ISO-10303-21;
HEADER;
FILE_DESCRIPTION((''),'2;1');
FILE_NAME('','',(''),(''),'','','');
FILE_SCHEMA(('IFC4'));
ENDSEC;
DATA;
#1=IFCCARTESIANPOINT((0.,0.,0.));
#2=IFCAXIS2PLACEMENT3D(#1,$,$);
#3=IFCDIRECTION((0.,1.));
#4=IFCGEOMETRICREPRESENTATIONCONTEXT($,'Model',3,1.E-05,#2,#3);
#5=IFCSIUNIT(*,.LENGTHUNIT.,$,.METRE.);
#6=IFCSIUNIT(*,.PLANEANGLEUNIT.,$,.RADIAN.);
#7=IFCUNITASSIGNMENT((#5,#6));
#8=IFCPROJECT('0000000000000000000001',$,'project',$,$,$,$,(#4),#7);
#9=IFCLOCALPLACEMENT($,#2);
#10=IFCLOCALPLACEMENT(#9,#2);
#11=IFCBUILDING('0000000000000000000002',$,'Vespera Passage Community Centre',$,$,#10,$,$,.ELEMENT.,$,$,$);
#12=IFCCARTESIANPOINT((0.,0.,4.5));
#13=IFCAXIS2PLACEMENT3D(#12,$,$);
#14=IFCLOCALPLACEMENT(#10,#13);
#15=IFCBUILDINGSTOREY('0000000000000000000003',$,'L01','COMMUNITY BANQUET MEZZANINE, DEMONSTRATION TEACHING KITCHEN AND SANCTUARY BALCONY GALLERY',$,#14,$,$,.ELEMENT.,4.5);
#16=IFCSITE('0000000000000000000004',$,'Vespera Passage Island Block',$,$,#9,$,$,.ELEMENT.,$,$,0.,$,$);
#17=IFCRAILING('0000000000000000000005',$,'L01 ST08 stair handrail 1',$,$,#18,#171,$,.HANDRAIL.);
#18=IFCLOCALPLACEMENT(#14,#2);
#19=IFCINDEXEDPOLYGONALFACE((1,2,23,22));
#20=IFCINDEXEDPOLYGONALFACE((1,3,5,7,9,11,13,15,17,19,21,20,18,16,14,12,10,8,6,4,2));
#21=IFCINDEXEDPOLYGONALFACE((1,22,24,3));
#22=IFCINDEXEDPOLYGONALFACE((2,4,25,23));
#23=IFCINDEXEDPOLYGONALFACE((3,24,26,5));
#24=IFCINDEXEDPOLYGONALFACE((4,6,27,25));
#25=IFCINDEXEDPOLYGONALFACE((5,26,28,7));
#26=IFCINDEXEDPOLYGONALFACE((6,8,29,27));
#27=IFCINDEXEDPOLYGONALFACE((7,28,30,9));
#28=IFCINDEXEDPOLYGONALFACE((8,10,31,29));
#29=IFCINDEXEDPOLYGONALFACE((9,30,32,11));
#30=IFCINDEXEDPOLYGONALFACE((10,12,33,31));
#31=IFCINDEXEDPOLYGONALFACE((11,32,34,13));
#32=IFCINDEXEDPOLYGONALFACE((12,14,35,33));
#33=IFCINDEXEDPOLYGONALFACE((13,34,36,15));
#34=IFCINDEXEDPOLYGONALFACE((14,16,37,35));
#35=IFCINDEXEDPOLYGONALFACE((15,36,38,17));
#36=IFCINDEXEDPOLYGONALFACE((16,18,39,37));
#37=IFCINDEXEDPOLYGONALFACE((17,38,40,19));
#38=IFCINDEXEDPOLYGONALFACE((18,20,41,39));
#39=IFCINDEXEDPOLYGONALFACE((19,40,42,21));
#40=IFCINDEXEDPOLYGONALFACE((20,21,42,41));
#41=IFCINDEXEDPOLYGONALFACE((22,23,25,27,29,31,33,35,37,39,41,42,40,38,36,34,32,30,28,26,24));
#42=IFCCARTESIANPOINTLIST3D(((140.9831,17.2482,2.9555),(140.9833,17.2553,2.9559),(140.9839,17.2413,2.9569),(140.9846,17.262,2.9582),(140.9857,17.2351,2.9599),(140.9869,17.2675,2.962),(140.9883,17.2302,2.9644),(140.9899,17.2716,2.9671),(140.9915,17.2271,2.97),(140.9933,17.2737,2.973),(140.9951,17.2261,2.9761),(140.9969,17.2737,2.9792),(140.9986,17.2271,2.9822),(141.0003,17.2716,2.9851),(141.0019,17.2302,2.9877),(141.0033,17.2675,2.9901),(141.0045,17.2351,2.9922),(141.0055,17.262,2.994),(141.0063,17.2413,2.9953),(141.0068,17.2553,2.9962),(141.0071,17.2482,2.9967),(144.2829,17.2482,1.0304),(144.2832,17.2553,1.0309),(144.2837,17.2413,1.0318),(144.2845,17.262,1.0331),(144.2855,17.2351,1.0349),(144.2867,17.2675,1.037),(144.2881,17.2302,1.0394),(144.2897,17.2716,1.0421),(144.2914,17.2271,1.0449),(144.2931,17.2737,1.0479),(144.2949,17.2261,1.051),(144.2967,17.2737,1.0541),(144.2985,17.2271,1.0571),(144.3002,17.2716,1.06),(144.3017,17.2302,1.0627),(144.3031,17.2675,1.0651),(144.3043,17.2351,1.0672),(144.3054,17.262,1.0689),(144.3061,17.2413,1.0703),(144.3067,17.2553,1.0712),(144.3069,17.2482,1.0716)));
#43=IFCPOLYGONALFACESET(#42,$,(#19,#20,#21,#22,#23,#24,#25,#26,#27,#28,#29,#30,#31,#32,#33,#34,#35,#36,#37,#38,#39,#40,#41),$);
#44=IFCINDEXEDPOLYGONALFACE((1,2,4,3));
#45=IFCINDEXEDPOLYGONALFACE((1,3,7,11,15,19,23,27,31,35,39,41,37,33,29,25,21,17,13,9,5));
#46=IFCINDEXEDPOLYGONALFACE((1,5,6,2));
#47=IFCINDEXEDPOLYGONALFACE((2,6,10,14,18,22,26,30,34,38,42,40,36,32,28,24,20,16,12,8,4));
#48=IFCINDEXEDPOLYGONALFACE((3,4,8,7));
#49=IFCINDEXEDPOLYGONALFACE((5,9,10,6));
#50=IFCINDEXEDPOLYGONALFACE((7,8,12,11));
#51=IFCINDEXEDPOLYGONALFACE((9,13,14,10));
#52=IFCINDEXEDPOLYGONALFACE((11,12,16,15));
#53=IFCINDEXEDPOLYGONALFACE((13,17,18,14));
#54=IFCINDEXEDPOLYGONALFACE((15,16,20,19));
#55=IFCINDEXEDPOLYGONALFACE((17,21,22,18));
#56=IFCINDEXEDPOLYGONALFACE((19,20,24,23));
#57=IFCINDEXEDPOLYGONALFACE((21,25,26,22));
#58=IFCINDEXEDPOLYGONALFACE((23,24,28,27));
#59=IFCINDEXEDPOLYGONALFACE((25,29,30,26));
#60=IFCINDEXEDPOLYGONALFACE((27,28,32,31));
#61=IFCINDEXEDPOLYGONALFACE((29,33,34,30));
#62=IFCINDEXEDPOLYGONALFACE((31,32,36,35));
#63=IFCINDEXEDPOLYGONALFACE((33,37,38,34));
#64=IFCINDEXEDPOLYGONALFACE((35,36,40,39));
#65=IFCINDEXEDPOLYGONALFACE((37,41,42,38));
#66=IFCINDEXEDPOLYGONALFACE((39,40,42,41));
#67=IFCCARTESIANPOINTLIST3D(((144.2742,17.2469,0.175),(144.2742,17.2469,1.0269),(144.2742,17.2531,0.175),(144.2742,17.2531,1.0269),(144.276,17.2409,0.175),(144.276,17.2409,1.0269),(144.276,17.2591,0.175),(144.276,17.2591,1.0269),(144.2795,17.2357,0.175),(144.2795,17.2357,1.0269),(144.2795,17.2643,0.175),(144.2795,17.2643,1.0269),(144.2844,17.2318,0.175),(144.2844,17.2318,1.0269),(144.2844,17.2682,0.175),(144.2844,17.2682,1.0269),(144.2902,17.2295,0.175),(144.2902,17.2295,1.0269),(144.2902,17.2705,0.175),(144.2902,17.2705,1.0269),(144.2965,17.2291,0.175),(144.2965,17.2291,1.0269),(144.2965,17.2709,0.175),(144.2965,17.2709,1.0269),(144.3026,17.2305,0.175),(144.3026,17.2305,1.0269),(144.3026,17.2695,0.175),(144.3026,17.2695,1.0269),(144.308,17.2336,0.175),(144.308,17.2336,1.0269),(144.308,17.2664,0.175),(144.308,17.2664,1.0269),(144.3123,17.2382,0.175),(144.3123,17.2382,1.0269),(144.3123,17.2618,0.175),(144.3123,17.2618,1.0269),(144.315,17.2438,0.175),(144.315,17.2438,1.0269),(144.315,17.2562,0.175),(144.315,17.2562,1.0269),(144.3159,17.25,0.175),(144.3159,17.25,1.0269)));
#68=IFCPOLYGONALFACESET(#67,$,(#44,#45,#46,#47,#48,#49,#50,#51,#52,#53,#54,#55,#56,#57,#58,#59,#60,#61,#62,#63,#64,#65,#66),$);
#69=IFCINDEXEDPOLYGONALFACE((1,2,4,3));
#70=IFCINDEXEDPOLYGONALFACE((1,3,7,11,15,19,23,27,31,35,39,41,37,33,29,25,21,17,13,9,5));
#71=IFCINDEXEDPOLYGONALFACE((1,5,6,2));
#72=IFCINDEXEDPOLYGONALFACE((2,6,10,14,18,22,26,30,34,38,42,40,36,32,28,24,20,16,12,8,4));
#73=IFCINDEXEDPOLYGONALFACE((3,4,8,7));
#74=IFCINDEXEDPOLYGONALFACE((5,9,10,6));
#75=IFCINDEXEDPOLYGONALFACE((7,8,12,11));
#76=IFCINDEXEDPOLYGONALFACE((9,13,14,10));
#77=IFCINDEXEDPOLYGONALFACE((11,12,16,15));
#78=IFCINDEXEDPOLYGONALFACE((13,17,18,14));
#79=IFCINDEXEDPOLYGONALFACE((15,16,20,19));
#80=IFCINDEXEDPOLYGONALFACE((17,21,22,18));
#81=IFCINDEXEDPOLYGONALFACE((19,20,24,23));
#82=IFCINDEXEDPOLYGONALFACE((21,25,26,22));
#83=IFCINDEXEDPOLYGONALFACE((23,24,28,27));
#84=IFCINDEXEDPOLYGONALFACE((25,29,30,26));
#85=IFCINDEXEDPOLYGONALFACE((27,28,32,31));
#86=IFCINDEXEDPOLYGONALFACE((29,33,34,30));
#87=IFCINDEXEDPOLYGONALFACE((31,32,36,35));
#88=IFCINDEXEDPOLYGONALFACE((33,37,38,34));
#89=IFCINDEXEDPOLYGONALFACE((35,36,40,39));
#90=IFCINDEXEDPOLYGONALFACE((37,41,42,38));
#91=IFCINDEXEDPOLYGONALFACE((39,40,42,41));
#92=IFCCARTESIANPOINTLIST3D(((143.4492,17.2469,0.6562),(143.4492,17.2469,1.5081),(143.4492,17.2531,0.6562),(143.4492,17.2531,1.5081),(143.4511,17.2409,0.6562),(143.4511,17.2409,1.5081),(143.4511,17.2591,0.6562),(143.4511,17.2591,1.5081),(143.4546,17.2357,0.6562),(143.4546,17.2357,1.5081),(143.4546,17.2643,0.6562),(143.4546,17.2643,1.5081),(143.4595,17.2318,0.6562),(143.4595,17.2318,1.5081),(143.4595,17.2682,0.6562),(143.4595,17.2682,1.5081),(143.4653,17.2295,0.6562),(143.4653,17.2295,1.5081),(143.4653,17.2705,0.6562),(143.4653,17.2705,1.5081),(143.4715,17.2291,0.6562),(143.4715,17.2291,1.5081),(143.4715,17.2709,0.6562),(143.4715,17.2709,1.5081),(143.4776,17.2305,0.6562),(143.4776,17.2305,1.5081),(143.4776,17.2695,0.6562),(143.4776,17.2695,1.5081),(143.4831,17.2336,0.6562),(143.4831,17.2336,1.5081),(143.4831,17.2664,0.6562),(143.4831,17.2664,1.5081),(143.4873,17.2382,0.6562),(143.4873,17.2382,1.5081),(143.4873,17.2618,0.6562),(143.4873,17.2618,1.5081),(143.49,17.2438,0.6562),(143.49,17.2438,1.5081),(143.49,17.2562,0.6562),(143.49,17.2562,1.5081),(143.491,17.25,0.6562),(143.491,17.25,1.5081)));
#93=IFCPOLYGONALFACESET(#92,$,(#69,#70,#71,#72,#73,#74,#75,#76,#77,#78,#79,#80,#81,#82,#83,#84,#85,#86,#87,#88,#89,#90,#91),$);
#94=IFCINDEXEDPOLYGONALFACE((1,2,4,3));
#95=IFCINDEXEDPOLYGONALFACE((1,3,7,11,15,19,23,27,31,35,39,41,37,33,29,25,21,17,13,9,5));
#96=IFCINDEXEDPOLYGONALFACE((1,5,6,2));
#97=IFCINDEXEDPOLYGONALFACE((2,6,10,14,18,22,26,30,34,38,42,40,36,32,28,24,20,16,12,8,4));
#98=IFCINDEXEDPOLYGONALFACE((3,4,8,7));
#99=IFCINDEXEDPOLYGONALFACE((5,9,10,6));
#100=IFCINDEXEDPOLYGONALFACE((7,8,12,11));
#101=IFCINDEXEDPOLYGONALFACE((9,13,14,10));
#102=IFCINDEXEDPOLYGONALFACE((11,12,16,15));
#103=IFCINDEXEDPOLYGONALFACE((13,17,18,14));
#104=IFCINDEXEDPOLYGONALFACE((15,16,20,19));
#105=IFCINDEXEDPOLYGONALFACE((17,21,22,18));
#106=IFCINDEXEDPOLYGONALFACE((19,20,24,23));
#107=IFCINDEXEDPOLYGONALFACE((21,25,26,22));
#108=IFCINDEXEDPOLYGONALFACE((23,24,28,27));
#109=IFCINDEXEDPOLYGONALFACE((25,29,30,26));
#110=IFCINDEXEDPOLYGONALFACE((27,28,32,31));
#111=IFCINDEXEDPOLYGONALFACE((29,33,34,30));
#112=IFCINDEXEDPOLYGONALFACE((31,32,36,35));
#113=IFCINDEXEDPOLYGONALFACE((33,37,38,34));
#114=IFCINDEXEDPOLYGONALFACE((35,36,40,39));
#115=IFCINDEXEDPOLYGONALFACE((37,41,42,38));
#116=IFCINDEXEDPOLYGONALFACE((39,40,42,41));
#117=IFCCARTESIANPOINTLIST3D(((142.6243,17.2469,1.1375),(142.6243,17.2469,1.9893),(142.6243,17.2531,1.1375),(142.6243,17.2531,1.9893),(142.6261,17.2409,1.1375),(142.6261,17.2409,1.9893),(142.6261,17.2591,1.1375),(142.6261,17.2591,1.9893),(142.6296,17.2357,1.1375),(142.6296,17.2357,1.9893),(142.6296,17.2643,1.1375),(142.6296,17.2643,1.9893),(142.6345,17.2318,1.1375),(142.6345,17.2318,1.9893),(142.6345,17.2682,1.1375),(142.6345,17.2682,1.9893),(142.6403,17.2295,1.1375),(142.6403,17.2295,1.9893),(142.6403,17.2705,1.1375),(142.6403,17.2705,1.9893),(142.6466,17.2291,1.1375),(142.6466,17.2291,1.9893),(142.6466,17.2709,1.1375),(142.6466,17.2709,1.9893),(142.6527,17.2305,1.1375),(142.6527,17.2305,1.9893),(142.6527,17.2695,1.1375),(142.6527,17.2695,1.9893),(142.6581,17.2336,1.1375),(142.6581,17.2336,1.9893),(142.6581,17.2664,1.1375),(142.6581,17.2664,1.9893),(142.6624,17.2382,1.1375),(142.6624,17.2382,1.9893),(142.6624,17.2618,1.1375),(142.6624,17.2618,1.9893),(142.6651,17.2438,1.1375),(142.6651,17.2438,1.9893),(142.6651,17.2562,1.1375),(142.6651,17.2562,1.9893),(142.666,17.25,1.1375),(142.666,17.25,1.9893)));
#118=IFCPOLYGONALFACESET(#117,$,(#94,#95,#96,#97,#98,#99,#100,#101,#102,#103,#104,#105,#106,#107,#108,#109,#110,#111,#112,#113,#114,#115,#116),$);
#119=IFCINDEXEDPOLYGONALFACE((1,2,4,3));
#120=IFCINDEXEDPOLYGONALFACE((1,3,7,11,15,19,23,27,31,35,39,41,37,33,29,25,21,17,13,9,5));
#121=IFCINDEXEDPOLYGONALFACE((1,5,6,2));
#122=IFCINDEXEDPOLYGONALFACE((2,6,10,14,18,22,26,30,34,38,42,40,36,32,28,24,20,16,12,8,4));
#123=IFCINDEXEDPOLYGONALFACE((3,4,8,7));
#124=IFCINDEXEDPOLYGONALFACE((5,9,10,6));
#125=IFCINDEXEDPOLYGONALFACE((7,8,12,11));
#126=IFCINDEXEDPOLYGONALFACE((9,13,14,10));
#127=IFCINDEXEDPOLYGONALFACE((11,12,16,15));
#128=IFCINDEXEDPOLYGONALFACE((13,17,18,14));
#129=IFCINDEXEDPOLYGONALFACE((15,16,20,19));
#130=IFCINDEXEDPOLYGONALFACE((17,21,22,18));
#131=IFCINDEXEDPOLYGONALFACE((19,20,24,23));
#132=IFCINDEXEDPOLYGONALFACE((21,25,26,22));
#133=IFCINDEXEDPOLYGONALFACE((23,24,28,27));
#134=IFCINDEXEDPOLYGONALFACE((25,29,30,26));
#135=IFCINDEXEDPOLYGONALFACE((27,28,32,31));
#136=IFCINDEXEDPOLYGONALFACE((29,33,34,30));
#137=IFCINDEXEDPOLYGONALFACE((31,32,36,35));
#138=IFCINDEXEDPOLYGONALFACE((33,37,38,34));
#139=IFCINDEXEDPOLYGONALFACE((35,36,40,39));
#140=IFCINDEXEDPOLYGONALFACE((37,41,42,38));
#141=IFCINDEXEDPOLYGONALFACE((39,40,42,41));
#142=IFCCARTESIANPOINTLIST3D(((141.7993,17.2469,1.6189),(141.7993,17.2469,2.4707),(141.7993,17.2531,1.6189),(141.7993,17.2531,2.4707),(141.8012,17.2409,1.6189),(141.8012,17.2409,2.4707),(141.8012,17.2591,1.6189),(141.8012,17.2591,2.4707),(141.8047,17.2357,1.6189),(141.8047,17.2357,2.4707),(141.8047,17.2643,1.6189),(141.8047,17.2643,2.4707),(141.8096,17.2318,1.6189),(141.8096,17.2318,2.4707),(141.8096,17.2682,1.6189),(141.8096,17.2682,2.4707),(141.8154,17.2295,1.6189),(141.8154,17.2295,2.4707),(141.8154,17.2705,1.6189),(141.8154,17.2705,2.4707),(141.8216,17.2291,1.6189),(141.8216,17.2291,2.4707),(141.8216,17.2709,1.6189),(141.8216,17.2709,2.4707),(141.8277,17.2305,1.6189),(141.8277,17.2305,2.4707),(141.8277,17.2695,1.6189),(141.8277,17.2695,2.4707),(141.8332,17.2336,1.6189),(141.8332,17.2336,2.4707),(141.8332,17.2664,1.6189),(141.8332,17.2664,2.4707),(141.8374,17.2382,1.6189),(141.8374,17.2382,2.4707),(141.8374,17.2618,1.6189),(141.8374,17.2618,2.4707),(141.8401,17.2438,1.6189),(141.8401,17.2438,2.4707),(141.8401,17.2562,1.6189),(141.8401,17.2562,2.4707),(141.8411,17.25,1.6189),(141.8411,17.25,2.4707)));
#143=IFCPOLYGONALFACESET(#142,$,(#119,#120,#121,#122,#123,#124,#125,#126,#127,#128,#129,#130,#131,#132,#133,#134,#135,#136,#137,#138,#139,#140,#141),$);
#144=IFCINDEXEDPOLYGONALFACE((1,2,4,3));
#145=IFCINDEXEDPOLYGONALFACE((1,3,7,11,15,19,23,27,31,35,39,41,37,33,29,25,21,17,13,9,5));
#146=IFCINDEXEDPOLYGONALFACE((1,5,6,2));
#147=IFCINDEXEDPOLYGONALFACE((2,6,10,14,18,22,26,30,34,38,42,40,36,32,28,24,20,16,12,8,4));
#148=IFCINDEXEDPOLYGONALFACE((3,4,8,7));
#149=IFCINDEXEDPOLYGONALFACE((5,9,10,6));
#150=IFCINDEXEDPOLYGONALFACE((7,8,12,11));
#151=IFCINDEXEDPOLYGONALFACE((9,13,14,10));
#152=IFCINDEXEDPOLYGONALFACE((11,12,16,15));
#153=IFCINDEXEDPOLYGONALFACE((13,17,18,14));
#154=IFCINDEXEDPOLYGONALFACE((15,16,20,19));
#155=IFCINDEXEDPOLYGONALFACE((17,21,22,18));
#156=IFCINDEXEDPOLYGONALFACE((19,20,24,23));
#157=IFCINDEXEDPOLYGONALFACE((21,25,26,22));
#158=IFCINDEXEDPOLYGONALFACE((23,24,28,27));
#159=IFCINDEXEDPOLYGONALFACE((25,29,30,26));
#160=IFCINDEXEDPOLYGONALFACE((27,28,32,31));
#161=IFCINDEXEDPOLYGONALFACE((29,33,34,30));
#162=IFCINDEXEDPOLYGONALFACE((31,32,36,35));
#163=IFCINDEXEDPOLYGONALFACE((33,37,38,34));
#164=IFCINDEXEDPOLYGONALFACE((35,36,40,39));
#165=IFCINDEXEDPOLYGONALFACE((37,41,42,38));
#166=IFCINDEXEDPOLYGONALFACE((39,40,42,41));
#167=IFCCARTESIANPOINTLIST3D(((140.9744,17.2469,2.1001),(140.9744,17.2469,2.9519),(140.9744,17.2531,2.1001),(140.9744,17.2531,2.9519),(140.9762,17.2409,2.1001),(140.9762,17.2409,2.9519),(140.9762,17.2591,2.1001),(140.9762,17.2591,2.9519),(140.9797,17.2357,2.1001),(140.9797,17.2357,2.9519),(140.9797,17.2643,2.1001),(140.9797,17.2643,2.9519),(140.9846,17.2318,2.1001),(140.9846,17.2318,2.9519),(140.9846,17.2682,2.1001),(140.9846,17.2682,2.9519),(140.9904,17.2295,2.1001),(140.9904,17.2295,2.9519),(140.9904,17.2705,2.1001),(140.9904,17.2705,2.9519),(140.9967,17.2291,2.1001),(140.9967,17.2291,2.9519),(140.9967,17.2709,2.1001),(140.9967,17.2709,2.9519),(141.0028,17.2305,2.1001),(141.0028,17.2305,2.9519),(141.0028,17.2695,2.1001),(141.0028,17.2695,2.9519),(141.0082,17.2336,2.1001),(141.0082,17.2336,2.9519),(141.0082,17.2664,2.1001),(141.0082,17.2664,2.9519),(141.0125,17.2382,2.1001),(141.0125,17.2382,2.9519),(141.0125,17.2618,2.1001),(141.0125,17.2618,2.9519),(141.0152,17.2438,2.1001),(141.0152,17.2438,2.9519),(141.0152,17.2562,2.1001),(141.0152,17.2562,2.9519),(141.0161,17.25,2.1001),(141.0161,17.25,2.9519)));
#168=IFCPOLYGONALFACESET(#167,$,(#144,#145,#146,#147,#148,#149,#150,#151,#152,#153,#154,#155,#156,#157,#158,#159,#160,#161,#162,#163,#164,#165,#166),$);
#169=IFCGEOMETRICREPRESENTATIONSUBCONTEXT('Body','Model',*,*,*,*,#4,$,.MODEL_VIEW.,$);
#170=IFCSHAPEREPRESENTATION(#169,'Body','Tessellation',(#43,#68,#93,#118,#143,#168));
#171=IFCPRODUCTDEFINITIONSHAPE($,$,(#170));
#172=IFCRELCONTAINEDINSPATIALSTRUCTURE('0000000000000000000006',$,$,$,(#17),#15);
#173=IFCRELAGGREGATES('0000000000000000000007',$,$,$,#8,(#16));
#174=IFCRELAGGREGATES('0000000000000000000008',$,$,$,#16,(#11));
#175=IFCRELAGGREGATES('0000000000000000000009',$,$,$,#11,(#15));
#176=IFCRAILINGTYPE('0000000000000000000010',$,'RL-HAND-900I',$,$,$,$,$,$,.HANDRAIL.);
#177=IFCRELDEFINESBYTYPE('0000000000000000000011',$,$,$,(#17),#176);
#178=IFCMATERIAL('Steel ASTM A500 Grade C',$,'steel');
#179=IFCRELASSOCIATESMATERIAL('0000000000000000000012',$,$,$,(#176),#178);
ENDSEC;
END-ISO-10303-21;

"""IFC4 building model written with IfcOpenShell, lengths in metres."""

from ifc_helpers import new_model, si_unit, direction, frame, origin, origin_2d, place, context, subcontext, project, spatial, circle, extrude, material, type_object, element, save


model = new_model("IFC4")

# Units and contexts
model_context = context("Model", 3, precision=1e-05, world=origin(), true_north=direction((0.0, 1.0)))
body_context = subcontext(model_context, "Body", "Model", "MODEL_VIEW")
ifc_project = project(units=[si_unit("LENGTHUNIT", "METRE"), si_unit("PLANEANGLEUNIT", "RADIAN")], contexts=[model_context])

# Site, building, storey
site_placement = place(None, origin())
site = spatial("IfcSite", under=ifc_project, at=site_placement, Name="Vespera Passage Island Block", CompositionType="ELEMENT", RefElevation=0.0)
building_placement = place(site_placement, origin())
building = spatial("IfcBuilding", under=site, at=building_placement, Name="Vespera Passage Community Centre", CompositionType="ELEMENT")
storey_placement = place(building_placement, frame((0.0, 0.0, 4.5)))
storey = spatial("IfcBuildingStorey", under=building, at=storey_placement, Name="L01", Description="COMMUNITY BANQUET MEZZANINE, DEMONSTRATION TEACHING KITCHEN AND SANCTUARY BALCONY GALLERY", CompositionType="ELEMENT", Elevation=4.5)

# Railing
ifc_material_1 = material(Name="Steel ASTM A500 Grade C", Category="steel")
railing_type_1 = type_object("IfcRailingType", Name="RL-HAND-900I", PredefinedType="HANDRAIL", material=ifc_material_1)
railing_1_placement = place(storey_placement, frame((144.2949, 17.25, 0.175)))
element("IfcRailing", 1, at=railing_1_placement, inside=storey, type_object=railing_type_1, Name="L01 ST08 stair handrail 1", PredefinedType="HANDRAIL", context=body_context, shape_type="SweptSolid", body=[
    extrude(circle(Radius=0.0239, at=origin_2d()), frame((0.0, 0.0, 0.876), z_axis=(-0.86376, 0.0, 0.503903), x_axis=(0.0, -1.0, 0.0)), (0.0, 0.0, 1.0), 3.8203),
    extrude(circle(Radius=0.021, at=origin_2d()), origin(), (0.0, 0.0, 1.0), 0.8518),
    extrude(circle(Radius=0.021, at=origin_2d()), frame((-0.825, 0.0, 0.4812)), (0.0, 0.0, 1.0), 0.8518),
    extrude(circle(Radius=0.021, at=origin_2d()), frame((-1.6499, 0.0, 0.9624)), (0.0, 0.0, 1.0), 0.8518),
    extrude(circle(Radius=0.021, at=origin_2d()), frame((-2.4749, 0.0, 1.4438)), (0.0, 0.0, 1.0), 0.8518),
    extrude(circle(Radius=0.021, at=origin_2d()), frame((-3.2998, 0.0, 1.925)), (0.0, 0.0, 1.0), 0.8518),
])

save(model, "model.ifc")
